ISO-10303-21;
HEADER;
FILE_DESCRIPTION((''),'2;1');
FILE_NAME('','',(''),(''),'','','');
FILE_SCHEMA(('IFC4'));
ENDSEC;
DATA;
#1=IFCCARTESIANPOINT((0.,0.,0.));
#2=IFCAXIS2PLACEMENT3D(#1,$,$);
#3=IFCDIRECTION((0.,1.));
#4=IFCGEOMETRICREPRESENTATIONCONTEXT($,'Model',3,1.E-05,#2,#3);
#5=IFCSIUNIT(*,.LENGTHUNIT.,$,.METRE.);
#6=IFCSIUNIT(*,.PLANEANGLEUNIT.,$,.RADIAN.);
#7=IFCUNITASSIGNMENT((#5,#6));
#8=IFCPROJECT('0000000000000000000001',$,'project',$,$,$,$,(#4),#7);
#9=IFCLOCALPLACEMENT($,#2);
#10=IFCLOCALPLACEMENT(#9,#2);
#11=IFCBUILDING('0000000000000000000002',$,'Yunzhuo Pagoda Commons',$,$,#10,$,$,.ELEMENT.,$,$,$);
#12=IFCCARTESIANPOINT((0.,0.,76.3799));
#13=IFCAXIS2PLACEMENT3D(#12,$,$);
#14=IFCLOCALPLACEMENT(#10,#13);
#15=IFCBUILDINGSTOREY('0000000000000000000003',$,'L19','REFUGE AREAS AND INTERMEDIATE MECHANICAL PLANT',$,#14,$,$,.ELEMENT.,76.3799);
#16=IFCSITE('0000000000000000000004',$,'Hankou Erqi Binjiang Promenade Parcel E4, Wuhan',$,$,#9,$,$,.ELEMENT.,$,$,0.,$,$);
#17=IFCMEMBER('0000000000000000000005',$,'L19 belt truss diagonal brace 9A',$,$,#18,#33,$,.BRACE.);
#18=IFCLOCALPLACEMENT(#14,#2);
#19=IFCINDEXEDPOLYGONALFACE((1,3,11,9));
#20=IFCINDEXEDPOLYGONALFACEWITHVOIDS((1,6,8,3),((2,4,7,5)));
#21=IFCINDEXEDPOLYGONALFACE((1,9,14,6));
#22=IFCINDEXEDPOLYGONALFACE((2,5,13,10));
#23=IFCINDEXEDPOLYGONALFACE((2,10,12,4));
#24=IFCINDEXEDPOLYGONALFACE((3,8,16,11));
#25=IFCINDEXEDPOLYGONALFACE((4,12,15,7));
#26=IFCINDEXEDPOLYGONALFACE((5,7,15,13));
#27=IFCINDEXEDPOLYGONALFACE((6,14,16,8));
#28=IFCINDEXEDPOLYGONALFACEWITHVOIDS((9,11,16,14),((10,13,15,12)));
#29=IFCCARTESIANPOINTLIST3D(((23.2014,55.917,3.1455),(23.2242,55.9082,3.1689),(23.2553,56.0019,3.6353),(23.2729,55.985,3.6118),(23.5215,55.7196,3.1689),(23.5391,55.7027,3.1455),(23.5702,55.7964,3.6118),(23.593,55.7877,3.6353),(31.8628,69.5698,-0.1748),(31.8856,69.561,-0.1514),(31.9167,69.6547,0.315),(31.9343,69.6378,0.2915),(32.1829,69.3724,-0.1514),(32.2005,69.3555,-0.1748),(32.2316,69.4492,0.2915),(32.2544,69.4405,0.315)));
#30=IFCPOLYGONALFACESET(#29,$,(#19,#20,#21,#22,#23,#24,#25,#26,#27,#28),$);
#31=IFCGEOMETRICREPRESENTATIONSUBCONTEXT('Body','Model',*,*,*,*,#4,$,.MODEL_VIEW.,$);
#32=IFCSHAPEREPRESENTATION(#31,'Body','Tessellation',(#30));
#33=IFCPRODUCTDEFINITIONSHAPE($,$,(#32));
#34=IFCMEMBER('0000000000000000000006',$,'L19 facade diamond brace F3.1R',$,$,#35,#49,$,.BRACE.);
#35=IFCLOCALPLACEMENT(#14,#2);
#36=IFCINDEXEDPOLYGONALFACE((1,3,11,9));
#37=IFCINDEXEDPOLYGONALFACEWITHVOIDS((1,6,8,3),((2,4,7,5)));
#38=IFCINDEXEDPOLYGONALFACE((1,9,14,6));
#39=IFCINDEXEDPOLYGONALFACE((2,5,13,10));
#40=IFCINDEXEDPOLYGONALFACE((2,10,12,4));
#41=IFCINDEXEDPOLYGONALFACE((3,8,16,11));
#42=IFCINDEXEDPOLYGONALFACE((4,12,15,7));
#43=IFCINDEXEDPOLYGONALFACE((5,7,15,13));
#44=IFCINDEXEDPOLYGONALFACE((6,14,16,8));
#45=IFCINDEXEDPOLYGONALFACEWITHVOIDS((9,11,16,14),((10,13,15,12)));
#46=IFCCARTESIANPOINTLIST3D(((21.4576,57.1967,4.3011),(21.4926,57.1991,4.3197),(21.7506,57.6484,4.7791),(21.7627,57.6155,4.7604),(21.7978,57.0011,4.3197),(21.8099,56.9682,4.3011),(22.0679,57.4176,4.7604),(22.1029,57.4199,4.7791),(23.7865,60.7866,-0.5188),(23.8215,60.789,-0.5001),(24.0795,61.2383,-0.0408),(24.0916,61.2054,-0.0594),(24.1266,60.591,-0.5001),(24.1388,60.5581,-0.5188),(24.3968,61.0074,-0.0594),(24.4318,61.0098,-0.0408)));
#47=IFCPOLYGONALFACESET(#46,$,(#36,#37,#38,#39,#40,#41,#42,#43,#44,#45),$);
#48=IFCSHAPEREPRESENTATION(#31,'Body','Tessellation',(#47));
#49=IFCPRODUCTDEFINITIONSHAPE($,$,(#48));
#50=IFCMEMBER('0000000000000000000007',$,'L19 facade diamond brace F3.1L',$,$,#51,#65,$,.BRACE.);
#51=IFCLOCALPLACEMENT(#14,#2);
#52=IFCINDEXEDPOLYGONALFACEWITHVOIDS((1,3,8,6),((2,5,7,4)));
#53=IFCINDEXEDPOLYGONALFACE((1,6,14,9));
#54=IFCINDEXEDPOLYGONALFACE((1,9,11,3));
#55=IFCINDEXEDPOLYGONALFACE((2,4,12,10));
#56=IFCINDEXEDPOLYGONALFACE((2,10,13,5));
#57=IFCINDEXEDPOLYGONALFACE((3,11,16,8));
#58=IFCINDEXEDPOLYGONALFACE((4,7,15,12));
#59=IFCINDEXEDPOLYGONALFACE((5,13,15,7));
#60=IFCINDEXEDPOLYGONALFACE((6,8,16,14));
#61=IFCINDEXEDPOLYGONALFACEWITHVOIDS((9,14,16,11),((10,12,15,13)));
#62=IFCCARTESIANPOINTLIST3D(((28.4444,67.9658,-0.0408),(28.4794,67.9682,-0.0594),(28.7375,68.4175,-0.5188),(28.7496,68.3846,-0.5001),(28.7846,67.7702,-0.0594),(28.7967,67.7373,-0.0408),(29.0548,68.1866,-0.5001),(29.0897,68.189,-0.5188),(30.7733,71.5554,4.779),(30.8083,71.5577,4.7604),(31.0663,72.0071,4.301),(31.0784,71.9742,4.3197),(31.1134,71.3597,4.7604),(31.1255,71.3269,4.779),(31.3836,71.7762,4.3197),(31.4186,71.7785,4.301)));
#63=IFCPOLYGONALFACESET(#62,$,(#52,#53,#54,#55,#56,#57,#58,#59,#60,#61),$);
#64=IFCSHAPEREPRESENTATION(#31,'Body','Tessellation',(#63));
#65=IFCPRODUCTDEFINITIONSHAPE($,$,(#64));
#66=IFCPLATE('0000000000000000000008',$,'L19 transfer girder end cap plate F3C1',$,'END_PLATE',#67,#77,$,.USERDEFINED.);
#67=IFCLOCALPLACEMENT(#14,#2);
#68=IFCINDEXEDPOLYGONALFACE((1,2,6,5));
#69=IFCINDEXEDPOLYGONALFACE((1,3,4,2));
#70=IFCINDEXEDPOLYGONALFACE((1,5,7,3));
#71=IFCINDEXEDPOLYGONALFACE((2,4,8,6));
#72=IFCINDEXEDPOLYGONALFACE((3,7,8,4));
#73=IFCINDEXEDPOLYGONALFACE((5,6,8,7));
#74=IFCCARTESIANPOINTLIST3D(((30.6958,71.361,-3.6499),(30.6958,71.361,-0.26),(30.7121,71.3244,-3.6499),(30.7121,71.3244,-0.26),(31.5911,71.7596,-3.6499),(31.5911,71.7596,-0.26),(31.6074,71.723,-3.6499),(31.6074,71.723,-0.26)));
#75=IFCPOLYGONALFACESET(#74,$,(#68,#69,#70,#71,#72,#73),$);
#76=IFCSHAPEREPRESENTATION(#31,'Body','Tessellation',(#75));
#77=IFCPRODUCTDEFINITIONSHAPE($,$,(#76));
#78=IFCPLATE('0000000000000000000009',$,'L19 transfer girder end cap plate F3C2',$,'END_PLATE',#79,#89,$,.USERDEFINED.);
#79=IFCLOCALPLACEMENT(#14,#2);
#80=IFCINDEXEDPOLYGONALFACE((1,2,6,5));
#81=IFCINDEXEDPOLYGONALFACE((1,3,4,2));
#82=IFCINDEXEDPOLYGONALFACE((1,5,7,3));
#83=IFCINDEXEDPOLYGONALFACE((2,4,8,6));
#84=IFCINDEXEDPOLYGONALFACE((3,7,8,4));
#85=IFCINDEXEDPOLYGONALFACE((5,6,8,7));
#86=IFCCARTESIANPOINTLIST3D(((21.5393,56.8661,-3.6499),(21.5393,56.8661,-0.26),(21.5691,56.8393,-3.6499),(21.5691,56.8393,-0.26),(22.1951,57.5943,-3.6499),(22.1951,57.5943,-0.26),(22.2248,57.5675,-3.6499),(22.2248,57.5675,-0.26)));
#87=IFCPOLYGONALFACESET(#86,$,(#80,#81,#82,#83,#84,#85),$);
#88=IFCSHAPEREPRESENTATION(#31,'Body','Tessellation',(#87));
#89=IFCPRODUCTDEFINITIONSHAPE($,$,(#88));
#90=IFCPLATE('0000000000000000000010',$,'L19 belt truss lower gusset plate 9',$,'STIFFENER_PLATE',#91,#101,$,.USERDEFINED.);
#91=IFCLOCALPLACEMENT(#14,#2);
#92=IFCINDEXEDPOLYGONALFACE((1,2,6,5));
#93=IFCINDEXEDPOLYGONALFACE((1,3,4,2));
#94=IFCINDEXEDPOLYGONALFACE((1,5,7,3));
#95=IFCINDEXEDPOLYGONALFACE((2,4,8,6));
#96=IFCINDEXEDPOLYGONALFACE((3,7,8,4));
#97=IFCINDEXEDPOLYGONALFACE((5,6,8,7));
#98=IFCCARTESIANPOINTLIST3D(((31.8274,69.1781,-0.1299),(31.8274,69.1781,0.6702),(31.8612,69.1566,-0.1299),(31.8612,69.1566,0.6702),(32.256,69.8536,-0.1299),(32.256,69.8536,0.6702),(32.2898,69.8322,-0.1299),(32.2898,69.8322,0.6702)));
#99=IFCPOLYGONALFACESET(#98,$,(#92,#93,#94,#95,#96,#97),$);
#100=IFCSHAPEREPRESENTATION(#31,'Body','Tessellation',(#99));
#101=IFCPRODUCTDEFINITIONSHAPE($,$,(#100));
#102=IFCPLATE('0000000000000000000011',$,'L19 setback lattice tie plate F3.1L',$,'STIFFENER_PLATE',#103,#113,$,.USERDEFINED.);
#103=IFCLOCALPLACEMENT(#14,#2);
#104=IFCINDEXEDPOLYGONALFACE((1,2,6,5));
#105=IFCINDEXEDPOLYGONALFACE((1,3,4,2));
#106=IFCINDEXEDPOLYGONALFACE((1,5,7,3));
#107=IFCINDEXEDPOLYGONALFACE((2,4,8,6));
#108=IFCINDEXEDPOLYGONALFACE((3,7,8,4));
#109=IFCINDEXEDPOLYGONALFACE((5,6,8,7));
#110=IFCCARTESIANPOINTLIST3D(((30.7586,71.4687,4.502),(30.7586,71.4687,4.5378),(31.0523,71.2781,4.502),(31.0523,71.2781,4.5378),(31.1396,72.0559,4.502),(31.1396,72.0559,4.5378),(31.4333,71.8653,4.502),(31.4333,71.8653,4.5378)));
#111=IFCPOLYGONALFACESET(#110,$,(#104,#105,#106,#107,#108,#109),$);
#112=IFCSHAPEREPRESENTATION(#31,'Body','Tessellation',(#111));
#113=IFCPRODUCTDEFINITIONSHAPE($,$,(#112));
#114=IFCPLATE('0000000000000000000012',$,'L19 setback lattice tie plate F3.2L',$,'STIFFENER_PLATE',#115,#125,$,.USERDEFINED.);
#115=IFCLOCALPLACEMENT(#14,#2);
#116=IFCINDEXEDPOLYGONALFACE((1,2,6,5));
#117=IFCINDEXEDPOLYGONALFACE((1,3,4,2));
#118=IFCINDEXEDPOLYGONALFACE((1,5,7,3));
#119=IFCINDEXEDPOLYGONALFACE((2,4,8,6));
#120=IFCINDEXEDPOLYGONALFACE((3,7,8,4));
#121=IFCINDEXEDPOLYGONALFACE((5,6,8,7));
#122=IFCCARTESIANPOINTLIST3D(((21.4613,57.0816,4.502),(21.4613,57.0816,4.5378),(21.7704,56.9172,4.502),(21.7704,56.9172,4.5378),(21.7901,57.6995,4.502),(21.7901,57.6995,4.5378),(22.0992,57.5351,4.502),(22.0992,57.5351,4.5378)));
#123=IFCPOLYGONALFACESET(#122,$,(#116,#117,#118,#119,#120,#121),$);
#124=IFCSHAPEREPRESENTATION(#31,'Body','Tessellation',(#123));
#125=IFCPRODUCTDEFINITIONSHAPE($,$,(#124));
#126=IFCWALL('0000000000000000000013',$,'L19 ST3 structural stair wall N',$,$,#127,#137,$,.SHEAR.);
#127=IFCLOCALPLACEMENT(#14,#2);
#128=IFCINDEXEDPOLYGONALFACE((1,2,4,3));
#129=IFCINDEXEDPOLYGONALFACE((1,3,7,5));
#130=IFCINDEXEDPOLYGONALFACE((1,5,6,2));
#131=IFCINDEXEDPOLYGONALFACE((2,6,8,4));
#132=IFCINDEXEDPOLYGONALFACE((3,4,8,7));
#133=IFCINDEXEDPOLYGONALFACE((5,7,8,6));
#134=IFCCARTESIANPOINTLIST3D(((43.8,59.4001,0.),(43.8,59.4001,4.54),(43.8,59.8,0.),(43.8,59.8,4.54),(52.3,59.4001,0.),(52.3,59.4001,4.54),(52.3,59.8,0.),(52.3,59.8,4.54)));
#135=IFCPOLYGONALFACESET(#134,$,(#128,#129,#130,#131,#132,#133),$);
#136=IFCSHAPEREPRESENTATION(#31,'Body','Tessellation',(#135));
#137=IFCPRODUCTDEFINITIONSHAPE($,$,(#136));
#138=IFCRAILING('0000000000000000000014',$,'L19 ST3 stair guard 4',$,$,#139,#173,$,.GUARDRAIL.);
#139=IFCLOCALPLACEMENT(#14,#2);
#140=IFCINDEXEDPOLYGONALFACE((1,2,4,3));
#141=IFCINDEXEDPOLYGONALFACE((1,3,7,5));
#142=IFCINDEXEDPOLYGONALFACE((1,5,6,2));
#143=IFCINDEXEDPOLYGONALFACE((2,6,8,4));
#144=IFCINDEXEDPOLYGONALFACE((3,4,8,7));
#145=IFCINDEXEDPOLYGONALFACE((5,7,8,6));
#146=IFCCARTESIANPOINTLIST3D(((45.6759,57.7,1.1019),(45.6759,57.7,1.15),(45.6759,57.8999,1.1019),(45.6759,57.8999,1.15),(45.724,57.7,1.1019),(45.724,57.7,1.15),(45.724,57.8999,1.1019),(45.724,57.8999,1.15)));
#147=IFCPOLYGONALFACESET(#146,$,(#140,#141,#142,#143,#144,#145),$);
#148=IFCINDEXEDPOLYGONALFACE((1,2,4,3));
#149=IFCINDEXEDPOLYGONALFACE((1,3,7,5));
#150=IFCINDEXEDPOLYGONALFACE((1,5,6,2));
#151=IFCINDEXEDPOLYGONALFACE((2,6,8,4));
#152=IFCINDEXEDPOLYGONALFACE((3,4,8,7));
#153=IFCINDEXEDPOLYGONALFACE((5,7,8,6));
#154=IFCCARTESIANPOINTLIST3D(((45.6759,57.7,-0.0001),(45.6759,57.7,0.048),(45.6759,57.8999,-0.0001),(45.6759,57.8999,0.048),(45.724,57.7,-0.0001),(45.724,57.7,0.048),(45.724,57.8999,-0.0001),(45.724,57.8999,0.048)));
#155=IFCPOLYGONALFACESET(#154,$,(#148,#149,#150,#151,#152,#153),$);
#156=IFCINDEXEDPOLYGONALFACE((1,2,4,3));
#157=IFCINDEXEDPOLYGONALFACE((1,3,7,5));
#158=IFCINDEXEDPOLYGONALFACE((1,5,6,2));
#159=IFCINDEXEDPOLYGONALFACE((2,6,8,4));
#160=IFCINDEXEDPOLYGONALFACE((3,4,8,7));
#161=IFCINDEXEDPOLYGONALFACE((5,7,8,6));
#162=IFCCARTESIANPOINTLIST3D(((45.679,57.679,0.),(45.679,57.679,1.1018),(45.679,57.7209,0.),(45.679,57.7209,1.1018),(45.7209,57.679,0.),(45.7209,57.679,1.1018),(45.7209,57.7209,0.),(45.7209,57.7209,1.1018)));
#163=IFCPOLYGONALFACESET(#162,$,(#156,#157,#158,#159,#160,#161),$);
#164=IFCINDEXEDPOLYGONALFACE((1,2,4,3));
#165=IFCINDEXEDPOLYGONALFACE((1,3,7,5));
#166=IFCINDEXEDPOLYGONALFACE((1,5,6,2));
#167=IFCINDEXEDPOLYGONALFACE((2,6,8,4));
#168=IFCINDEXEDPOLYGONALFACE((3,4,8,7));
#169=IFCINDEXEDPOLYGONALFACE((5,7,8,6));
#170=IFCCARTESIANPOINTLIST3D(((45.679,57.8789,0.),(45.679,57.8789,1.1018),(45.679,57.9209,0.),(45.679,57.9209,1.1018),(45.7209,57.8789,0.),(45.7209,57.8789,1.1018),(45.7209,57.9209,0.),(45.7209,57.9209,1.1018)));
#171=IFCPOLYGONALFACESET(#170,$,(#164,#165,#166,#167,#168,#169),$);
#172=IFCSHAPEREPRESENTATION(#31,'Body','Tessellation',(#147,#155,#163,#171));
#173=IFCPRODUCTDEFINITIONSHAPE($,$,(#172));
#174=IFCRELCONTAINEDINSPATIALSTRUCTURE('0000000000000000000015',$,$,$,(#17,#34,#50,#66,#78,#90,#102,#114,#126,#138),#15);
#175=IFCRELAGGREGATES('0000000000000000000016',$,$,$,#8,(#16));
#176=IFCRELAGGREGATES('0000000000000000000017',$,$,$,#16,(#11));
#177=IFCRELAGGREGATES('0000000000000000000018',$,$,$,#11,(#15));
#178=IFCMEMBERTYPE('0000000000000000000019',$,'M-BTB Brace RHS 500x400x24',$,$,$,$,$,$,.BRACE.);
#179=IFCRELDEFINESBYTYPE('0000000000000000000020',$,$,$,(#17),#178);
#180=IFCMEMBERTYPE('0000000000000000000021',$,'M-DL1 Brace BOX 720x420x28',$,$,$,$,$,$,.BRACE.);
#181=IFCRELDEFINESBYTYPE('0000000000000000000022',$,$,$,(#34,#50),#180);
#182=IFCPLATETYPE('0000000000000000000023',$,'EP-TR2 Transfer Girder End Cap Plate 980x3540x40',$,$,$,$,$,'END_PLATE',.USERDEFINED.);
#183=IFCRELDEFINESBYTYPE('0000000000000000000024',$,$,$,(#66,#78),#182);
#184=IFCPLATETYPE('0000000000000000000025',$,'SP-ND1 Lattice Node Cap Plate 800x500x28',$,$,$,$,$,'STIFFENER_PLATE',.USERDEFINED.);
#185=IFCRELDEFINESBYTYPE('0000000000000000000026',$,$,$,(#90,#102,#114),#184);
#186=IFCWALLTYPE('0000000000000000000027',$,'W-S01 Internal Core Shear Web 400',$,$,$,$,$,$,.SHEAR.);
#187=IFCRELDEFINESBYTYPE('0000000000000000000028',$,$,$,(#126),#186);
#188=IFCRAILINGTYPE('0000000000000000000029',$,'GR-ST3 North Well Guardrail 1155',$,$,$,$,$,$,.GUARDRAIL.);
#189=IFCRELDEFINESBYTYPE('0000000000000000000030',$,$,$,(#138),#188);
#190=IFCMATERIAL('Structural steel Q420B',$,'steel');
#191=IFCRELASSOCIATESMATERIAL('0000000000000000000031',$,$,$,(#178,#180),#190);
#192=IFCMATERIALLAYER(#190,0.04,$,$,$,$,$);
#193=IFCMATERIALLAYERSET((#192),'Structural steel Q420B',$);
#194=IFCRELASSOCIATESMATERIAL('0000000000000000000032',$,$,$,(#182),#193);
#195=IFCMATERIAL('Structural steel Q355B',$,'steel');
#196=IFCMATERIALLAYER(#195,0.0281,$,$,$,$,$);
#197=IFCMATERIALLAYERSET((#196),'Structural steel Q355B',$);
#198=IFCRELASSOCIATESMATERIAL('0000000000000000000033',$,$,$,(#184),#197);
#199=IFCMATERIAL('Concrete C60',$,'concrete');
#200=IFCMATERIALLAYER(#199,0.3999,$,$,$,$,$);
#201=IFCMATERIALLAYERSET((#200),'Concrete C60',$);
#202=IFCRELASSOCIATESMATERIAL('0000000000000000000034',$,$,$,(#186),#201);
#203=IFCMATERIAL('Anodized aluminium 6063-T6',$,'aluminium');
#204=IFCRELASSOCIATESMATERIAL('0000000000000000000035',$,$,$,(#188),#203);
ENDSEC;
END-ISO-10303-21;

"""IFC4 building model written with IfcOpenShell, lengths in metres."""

from ifc_helpers import new_model, si_unit, direction, frame, frame_2d, origin, origin_2d, place, context, subcontext, project, spatial, rectangle, hollow_rectangle, extrude, source, transform, mapped, material, layer, layer_set, material_profile, profile_set, type_object, element, save


model = new_model("IFC4")

# Units and contexts
model_context = context("Model", 3, precision=1e-05, world=origin(), true_north=direction((0.0, 1.0)))
body_context = subcontext(model_context, "Body", "Model", "MODEL_VIEW")
ifc_project = project(units=[si_unit("LENGTHUNIT", "METRE"), si_unit("PLANEANGLEUNIT", "RADIAN")], contexts=[model_context])

# Site, building, storey
site_placement = place(None, origin())
site = spatial("IfcSite", under=ifc_project, at=site_placement, Name="Hankou Erqi Binjiang Promenade Parcel E4, Wuhan", CompositionType="ELEMENT", RefElevation=0.0)
building_placement = place(site_placement, origin())
building = spatial("IfcBuilding", under=site, at=building_placement, Name="Yunzhuo Pagoda Commons", CompositionType="ELEMENT")
storey_placement = place(building_placement, frame((0.0, 0.0, 76.3799)))
storey = spatial("IfcBuildingStorey", under=building, at=storey_placement, Name="L19", Description="REFUGE AREAS AND INTERMEDIATE MECHANICAL PLANT", CompositionType="ELEMENT", Elevation=76.3799)

# Shared definitions
ifc_material_1 = material(Name="Structural steel Q420B", Category="steel")

# Shared definitions
ifc_material_2 = material(Name="Structural steel Q355B", Category="steel")

# Members
ifc_material_profile_1 = material_profile(ifc_material_1, hollow_rectangle(XDim=0.3999, YDim=0.5, WallThickness=0.0239, at=origin_2d()), Name="Structural steel Q420B")
ifc_profile_set_1 = profile_set([ifc_material_profile_1], Name="Structural steel Q420B")
member_type_1 = type_object("IfcMemberType", Name="M-BTB Brace RHS 500x400x24", PredefinedType="BRACE", material=ifc_profile_set_1)
shared_shape_1 = source(origin(), body_context, "Body", "SweptSolid", [
    extrude(hollow_rectangle(XDim=0.3999, YDim=0.5, WallThickness=0.0239, at=origin_2d()), origin(), (0.0, 0.0, 1.0), 16.5059),
])
member_1_placement = place(storey_placement, frame((32.0586, 69.5051, 0.0701), z_axis=(-0.524745, -0.82715, 0.201159), x_axis=(0.844411, -0.535696, 0.0)))
element("IfcMember", 1, at=member_1_placement, inside=storey, type_object=member_type_1, Name="L19 belt truss diagonal brace 9A", PredefinedType="BRACE", context=body_context, shape_type="MappedRepresentation", body=[
    mapped(shared_shape_1, transform((0.0, 0.0, 0.0), scale=1.0)),
])
ifc_material_profile_2 = material_profile(ifc_material_1, hollow_rectangle(XDim=0.4199, YDim=0.72, WallThickness=0.0281, at=origin_2d()), Name="Structural steel Q420B")
ifc_profile_set_2 = profile_set([ifc_material_profile_2], Name="Structural steel Q420B")
member_type_2 = type_object("IfcMemberType", Name="M-DL1 Brace BOX 720x420x28", PredefinedType="BRACE", material=ifc_profile_set_2)
shared_shape_2 = source(origin(), body_context, "Body", "SweptSolid", [
    extrude(hollow_rectangle(XDim=0.4199, YDim=0.72, WallThickness=0.0281, at=origin_2d()), origin(), (0.0, 0.0, 1.0), 6.4453),
])
member_2_placement = place(storey_placement, frame((24.1091, 60.8982, -0.2798), z_axis=(-0.361329, -0.556975, 0.74781), x_axis=(0.838928, -0.544242, 0.0)))
element("IfcMember", 2, at=member_2_placement, inside=storey, type_object=member_type_2, Name="L19 facade diamond brace F3.1R", PredefinedType="BRACE", context=body_context, shape_type="MappedRepresentation", body=[
    mapped(shared_shape_2, transform((0.0, 0.0, 0.0), scale=1.0)),
])
shared_shape_3 = source(origin(), body_context, "Body", "SweptSolid", [
    extrude(hollow_rectangle(XDim=0.4199, YDim=0.72, WallThickness=0.0281, at=origin_2d()), origin(), (0.0, 0.0, 1.0), 6.4451),
])
member_3_placement = place(storey_placement, frame((28.7671, 68.0774, -0.2798), z_axis=(0.361337, 0.556949, 0.747826), x_axis=(-0.838911, 0.544268, 0.0)))
element("IfcMember", 3, at=member_3_placement, inside=storey, type_object=member_type_2, Name="L19 facade diamond brace F3.1L", PredefinedType="BRACE", context=body_context, shape_type="MappedRepresentation", body=[
    mapped(shared_shape_3, transform((0.0, 0.0, 0.0), scale=1.0)),
])

# Plates
ifc_layer_1 = layer(ifc_material_1, 0.04)
ifc_layer_set_1 = layer_set([ifc_layer_1], Name="Structural steel Q420B")
plate_type_1 = type_object("IfcPlateType", Name="EP-TR2 Transfer Girder End Cap Plate 980x3540x40", ElementType="END_PLATE", PredefinedType="USERDEFINED", material=ifc_layer_set_1)
shared_shape_4 = source(origin(), body_context, "Body", "SweptSolid", [
    extrude(rectangle(XDim=0.98, YDim=0.04, at=origin_2d()), origin(), (0.0, 0.0, 1.0), 3.3899),
])
for number, where, z_axis, x_axis, name in (
    (4, (31.1516, 71.542, -3.6499), (0.0, 0.0, 1.0), (-0.913545, -0.406737, 0.0), "L19 transfer girder end cap plate F3C1"),
    (5, (21.8821, 57.2168, -3.6499), (0.0, 0.0, 1.0), (-0.669131, -0.743145, 0.0), "L19 transfer girder end cap plate F3C2"),
):
    element("IfcPlate", number, at=place(storey_placement, frame(where, z_axis=z_axis, x_axis=x_axis)), inside=storey, type_object=plate_type_1, Name=name, ObjectType="END_PLATE", PredefinedType="USERDEFINED", context=body_context, shape_type="MappedRepresentation", body=[
        mapped(shared_shape_4, transform((0.0, 0.0, 0.0), scale=1.0)),
    ])
ifc_layer_2 = layer(ifc_material_2, 0.0281)
ifc_layer_set_2 = layer_set([ifc_layer_2], Name="Structural steel Q355B")
plate_type_2 = type_object("IfcPlateType", Name="SP-ND1 Lattice Node Cap Plate 800x500x28", ElementType="STIFFENER_PLATE", PredefinedType="USERDEFINED", material=ifc_layer_set_2)
shared_shape_5 = source(origin(), body_context, "Body", "SweptSolid", [
    extrude(rectangle(XDim=0.8, YDim=0.04, at=origin_2d()), origin(), (0.0, 0.0, 1.0), 0.8),
])
plate_placement = place(storey_placement, frame((32.0586, 69.5051, -0.1299), z_axis=(0.0, 0.0, 1.0), x_axis=(-0.535694, -0.844412, 0.0)))
element("IfcPlate", 6, at=plate_placement, inside=storey, type_object=plate_type_2, Name="L19 belt truss lower gusset plate 9", ObjectType="STIFFENER_PLATE", PredefinedType="USERDEFINED", context=body_context, shape_type="MappedRepresentation", body=[
    mapped(shared_shape_5, transform((0.0, 0.0, 0.0), scale=1.0)),
])
shared_shape_6 = source(origin(), body_context, "Body", "SweptSolid", [
    extrude(rectangle(XDim=0.7, YDim=0.3501, at=origin_2d()), origin(), (0.0, 0.0, 1.0), 0.0359),
])
for number, where, z_axis, x_axis, name in (
    (7, (31.0959, 71.667, 4.502), (0.0, 0.0, 1.0), (-0.544273, -0.838908, 0.0), "L19 setback lattice tie plate F3.1L"),
    (8, (21.7803, 57.3083, 4.502), (0.0, 0.0, 1.0), (-0.469734, -0.882808, 0.0), "L19 setback lattice tie plate F3.2L"),
):
    element("IfcPlate", number, at=place(storey_placement, frame(where, z_axis=z_axis, x_axis=x_axis)), inside=storey, type_object=plate_type_2, Name=name, ObjectType="STIFFENER_PLATE", PredefinedType="USERDEFINED", context=body_context, shape_type="MappedRepresentation", body=[
        mapped(shared_shape_6, transform((0.0, 0.0, 0.0), scale=1.0)),
    ])

# Wall
ifc_material_3 = material(Name="Concrete C60", Category="concrete")
ifc_layer_3 = layer(ifc_material_3, 0.3999)
ifc_layer_set_3 = layer_set([ifc_layer_3], Name="Concrete C60")
wall_type = type_object("IfcWallType", Name="W-S01 Internal Core Shear Web 400", PredefinedType="SHEAR", material=ifc_layer_set_3)
wall_placement = place(storey_placement, frame((43.8, 59.6001, 0.0), z_axis=(0.0, 0.0, 1.0), x_axis=(1.0, 0.0, 0.0)))
element("IfcWall", 9, at=wall_placement, inside=storey, type_object=wall_type, Name="L19 ST3 structural stair wall N", PredefinedType="SHEAR", context=body_context, shape_type="SweptSolid", body=[
    extrude(rectangle(XDim=8.5, YDim=0.3999, at=frame_2d((4.25, 0.0))), origin(), (0.0, 0.0, 1.0), 4.54),
])

# Railing
ifc_material_4 = material(Name="Anodized aluminium 6063-T6", Category="aluminium")
railing_type = type_object("IfcRailingType", Name="GR-ST3 North Well Guardrail 1155", PredefinedType="GUARDRAIL", material=ifc_material_4)
railing_placement = place(storey_placement, frame((45.7, 57.7, 0.0)))
element("IfcRailing", 10, at=railing_placement, inside=storey, type_object=railing_type, Name="L19 ST3 stair guard 4", PredefinedType="GUARDRAIL", context=body_context, shape_type="SweptSolid", body=[
    extrude(rectangle(XDim=0.0481, YDim=0.0481, at=origin_2d()), frame((0.0, 0.0, 1.126), z_axis=(0.0, 1.0, 0.0), x_axis=(-1.0, 0.0, 0.0)), (0.0, 0.0, 1.0), 0.2),
    extrude(rectangle(XDim=0.0481, YDim=0.0481, at=origin_2d()), frame((0.0, 0.0, 0.0239), z_axis=(0.0, 1.0, 0.0), x_axis=(-1.0, 0.0, 0.0)), (0.0, 0.0, 1.0), 0.2),
    extrude(rectangle(XDim=0.042, YDim=0.042, at=origin_2d()), origin(), (0.0, 0.0, 1.0), 1.1018),
    extrude(rectangle(XDim=0.042, YDim=0.042, at=origin_2d()), frame((0.0, 0.2, 0.0)), (0.0, 0.0, 1.0), 1.1018),
])

save(model, "model.ifc")
